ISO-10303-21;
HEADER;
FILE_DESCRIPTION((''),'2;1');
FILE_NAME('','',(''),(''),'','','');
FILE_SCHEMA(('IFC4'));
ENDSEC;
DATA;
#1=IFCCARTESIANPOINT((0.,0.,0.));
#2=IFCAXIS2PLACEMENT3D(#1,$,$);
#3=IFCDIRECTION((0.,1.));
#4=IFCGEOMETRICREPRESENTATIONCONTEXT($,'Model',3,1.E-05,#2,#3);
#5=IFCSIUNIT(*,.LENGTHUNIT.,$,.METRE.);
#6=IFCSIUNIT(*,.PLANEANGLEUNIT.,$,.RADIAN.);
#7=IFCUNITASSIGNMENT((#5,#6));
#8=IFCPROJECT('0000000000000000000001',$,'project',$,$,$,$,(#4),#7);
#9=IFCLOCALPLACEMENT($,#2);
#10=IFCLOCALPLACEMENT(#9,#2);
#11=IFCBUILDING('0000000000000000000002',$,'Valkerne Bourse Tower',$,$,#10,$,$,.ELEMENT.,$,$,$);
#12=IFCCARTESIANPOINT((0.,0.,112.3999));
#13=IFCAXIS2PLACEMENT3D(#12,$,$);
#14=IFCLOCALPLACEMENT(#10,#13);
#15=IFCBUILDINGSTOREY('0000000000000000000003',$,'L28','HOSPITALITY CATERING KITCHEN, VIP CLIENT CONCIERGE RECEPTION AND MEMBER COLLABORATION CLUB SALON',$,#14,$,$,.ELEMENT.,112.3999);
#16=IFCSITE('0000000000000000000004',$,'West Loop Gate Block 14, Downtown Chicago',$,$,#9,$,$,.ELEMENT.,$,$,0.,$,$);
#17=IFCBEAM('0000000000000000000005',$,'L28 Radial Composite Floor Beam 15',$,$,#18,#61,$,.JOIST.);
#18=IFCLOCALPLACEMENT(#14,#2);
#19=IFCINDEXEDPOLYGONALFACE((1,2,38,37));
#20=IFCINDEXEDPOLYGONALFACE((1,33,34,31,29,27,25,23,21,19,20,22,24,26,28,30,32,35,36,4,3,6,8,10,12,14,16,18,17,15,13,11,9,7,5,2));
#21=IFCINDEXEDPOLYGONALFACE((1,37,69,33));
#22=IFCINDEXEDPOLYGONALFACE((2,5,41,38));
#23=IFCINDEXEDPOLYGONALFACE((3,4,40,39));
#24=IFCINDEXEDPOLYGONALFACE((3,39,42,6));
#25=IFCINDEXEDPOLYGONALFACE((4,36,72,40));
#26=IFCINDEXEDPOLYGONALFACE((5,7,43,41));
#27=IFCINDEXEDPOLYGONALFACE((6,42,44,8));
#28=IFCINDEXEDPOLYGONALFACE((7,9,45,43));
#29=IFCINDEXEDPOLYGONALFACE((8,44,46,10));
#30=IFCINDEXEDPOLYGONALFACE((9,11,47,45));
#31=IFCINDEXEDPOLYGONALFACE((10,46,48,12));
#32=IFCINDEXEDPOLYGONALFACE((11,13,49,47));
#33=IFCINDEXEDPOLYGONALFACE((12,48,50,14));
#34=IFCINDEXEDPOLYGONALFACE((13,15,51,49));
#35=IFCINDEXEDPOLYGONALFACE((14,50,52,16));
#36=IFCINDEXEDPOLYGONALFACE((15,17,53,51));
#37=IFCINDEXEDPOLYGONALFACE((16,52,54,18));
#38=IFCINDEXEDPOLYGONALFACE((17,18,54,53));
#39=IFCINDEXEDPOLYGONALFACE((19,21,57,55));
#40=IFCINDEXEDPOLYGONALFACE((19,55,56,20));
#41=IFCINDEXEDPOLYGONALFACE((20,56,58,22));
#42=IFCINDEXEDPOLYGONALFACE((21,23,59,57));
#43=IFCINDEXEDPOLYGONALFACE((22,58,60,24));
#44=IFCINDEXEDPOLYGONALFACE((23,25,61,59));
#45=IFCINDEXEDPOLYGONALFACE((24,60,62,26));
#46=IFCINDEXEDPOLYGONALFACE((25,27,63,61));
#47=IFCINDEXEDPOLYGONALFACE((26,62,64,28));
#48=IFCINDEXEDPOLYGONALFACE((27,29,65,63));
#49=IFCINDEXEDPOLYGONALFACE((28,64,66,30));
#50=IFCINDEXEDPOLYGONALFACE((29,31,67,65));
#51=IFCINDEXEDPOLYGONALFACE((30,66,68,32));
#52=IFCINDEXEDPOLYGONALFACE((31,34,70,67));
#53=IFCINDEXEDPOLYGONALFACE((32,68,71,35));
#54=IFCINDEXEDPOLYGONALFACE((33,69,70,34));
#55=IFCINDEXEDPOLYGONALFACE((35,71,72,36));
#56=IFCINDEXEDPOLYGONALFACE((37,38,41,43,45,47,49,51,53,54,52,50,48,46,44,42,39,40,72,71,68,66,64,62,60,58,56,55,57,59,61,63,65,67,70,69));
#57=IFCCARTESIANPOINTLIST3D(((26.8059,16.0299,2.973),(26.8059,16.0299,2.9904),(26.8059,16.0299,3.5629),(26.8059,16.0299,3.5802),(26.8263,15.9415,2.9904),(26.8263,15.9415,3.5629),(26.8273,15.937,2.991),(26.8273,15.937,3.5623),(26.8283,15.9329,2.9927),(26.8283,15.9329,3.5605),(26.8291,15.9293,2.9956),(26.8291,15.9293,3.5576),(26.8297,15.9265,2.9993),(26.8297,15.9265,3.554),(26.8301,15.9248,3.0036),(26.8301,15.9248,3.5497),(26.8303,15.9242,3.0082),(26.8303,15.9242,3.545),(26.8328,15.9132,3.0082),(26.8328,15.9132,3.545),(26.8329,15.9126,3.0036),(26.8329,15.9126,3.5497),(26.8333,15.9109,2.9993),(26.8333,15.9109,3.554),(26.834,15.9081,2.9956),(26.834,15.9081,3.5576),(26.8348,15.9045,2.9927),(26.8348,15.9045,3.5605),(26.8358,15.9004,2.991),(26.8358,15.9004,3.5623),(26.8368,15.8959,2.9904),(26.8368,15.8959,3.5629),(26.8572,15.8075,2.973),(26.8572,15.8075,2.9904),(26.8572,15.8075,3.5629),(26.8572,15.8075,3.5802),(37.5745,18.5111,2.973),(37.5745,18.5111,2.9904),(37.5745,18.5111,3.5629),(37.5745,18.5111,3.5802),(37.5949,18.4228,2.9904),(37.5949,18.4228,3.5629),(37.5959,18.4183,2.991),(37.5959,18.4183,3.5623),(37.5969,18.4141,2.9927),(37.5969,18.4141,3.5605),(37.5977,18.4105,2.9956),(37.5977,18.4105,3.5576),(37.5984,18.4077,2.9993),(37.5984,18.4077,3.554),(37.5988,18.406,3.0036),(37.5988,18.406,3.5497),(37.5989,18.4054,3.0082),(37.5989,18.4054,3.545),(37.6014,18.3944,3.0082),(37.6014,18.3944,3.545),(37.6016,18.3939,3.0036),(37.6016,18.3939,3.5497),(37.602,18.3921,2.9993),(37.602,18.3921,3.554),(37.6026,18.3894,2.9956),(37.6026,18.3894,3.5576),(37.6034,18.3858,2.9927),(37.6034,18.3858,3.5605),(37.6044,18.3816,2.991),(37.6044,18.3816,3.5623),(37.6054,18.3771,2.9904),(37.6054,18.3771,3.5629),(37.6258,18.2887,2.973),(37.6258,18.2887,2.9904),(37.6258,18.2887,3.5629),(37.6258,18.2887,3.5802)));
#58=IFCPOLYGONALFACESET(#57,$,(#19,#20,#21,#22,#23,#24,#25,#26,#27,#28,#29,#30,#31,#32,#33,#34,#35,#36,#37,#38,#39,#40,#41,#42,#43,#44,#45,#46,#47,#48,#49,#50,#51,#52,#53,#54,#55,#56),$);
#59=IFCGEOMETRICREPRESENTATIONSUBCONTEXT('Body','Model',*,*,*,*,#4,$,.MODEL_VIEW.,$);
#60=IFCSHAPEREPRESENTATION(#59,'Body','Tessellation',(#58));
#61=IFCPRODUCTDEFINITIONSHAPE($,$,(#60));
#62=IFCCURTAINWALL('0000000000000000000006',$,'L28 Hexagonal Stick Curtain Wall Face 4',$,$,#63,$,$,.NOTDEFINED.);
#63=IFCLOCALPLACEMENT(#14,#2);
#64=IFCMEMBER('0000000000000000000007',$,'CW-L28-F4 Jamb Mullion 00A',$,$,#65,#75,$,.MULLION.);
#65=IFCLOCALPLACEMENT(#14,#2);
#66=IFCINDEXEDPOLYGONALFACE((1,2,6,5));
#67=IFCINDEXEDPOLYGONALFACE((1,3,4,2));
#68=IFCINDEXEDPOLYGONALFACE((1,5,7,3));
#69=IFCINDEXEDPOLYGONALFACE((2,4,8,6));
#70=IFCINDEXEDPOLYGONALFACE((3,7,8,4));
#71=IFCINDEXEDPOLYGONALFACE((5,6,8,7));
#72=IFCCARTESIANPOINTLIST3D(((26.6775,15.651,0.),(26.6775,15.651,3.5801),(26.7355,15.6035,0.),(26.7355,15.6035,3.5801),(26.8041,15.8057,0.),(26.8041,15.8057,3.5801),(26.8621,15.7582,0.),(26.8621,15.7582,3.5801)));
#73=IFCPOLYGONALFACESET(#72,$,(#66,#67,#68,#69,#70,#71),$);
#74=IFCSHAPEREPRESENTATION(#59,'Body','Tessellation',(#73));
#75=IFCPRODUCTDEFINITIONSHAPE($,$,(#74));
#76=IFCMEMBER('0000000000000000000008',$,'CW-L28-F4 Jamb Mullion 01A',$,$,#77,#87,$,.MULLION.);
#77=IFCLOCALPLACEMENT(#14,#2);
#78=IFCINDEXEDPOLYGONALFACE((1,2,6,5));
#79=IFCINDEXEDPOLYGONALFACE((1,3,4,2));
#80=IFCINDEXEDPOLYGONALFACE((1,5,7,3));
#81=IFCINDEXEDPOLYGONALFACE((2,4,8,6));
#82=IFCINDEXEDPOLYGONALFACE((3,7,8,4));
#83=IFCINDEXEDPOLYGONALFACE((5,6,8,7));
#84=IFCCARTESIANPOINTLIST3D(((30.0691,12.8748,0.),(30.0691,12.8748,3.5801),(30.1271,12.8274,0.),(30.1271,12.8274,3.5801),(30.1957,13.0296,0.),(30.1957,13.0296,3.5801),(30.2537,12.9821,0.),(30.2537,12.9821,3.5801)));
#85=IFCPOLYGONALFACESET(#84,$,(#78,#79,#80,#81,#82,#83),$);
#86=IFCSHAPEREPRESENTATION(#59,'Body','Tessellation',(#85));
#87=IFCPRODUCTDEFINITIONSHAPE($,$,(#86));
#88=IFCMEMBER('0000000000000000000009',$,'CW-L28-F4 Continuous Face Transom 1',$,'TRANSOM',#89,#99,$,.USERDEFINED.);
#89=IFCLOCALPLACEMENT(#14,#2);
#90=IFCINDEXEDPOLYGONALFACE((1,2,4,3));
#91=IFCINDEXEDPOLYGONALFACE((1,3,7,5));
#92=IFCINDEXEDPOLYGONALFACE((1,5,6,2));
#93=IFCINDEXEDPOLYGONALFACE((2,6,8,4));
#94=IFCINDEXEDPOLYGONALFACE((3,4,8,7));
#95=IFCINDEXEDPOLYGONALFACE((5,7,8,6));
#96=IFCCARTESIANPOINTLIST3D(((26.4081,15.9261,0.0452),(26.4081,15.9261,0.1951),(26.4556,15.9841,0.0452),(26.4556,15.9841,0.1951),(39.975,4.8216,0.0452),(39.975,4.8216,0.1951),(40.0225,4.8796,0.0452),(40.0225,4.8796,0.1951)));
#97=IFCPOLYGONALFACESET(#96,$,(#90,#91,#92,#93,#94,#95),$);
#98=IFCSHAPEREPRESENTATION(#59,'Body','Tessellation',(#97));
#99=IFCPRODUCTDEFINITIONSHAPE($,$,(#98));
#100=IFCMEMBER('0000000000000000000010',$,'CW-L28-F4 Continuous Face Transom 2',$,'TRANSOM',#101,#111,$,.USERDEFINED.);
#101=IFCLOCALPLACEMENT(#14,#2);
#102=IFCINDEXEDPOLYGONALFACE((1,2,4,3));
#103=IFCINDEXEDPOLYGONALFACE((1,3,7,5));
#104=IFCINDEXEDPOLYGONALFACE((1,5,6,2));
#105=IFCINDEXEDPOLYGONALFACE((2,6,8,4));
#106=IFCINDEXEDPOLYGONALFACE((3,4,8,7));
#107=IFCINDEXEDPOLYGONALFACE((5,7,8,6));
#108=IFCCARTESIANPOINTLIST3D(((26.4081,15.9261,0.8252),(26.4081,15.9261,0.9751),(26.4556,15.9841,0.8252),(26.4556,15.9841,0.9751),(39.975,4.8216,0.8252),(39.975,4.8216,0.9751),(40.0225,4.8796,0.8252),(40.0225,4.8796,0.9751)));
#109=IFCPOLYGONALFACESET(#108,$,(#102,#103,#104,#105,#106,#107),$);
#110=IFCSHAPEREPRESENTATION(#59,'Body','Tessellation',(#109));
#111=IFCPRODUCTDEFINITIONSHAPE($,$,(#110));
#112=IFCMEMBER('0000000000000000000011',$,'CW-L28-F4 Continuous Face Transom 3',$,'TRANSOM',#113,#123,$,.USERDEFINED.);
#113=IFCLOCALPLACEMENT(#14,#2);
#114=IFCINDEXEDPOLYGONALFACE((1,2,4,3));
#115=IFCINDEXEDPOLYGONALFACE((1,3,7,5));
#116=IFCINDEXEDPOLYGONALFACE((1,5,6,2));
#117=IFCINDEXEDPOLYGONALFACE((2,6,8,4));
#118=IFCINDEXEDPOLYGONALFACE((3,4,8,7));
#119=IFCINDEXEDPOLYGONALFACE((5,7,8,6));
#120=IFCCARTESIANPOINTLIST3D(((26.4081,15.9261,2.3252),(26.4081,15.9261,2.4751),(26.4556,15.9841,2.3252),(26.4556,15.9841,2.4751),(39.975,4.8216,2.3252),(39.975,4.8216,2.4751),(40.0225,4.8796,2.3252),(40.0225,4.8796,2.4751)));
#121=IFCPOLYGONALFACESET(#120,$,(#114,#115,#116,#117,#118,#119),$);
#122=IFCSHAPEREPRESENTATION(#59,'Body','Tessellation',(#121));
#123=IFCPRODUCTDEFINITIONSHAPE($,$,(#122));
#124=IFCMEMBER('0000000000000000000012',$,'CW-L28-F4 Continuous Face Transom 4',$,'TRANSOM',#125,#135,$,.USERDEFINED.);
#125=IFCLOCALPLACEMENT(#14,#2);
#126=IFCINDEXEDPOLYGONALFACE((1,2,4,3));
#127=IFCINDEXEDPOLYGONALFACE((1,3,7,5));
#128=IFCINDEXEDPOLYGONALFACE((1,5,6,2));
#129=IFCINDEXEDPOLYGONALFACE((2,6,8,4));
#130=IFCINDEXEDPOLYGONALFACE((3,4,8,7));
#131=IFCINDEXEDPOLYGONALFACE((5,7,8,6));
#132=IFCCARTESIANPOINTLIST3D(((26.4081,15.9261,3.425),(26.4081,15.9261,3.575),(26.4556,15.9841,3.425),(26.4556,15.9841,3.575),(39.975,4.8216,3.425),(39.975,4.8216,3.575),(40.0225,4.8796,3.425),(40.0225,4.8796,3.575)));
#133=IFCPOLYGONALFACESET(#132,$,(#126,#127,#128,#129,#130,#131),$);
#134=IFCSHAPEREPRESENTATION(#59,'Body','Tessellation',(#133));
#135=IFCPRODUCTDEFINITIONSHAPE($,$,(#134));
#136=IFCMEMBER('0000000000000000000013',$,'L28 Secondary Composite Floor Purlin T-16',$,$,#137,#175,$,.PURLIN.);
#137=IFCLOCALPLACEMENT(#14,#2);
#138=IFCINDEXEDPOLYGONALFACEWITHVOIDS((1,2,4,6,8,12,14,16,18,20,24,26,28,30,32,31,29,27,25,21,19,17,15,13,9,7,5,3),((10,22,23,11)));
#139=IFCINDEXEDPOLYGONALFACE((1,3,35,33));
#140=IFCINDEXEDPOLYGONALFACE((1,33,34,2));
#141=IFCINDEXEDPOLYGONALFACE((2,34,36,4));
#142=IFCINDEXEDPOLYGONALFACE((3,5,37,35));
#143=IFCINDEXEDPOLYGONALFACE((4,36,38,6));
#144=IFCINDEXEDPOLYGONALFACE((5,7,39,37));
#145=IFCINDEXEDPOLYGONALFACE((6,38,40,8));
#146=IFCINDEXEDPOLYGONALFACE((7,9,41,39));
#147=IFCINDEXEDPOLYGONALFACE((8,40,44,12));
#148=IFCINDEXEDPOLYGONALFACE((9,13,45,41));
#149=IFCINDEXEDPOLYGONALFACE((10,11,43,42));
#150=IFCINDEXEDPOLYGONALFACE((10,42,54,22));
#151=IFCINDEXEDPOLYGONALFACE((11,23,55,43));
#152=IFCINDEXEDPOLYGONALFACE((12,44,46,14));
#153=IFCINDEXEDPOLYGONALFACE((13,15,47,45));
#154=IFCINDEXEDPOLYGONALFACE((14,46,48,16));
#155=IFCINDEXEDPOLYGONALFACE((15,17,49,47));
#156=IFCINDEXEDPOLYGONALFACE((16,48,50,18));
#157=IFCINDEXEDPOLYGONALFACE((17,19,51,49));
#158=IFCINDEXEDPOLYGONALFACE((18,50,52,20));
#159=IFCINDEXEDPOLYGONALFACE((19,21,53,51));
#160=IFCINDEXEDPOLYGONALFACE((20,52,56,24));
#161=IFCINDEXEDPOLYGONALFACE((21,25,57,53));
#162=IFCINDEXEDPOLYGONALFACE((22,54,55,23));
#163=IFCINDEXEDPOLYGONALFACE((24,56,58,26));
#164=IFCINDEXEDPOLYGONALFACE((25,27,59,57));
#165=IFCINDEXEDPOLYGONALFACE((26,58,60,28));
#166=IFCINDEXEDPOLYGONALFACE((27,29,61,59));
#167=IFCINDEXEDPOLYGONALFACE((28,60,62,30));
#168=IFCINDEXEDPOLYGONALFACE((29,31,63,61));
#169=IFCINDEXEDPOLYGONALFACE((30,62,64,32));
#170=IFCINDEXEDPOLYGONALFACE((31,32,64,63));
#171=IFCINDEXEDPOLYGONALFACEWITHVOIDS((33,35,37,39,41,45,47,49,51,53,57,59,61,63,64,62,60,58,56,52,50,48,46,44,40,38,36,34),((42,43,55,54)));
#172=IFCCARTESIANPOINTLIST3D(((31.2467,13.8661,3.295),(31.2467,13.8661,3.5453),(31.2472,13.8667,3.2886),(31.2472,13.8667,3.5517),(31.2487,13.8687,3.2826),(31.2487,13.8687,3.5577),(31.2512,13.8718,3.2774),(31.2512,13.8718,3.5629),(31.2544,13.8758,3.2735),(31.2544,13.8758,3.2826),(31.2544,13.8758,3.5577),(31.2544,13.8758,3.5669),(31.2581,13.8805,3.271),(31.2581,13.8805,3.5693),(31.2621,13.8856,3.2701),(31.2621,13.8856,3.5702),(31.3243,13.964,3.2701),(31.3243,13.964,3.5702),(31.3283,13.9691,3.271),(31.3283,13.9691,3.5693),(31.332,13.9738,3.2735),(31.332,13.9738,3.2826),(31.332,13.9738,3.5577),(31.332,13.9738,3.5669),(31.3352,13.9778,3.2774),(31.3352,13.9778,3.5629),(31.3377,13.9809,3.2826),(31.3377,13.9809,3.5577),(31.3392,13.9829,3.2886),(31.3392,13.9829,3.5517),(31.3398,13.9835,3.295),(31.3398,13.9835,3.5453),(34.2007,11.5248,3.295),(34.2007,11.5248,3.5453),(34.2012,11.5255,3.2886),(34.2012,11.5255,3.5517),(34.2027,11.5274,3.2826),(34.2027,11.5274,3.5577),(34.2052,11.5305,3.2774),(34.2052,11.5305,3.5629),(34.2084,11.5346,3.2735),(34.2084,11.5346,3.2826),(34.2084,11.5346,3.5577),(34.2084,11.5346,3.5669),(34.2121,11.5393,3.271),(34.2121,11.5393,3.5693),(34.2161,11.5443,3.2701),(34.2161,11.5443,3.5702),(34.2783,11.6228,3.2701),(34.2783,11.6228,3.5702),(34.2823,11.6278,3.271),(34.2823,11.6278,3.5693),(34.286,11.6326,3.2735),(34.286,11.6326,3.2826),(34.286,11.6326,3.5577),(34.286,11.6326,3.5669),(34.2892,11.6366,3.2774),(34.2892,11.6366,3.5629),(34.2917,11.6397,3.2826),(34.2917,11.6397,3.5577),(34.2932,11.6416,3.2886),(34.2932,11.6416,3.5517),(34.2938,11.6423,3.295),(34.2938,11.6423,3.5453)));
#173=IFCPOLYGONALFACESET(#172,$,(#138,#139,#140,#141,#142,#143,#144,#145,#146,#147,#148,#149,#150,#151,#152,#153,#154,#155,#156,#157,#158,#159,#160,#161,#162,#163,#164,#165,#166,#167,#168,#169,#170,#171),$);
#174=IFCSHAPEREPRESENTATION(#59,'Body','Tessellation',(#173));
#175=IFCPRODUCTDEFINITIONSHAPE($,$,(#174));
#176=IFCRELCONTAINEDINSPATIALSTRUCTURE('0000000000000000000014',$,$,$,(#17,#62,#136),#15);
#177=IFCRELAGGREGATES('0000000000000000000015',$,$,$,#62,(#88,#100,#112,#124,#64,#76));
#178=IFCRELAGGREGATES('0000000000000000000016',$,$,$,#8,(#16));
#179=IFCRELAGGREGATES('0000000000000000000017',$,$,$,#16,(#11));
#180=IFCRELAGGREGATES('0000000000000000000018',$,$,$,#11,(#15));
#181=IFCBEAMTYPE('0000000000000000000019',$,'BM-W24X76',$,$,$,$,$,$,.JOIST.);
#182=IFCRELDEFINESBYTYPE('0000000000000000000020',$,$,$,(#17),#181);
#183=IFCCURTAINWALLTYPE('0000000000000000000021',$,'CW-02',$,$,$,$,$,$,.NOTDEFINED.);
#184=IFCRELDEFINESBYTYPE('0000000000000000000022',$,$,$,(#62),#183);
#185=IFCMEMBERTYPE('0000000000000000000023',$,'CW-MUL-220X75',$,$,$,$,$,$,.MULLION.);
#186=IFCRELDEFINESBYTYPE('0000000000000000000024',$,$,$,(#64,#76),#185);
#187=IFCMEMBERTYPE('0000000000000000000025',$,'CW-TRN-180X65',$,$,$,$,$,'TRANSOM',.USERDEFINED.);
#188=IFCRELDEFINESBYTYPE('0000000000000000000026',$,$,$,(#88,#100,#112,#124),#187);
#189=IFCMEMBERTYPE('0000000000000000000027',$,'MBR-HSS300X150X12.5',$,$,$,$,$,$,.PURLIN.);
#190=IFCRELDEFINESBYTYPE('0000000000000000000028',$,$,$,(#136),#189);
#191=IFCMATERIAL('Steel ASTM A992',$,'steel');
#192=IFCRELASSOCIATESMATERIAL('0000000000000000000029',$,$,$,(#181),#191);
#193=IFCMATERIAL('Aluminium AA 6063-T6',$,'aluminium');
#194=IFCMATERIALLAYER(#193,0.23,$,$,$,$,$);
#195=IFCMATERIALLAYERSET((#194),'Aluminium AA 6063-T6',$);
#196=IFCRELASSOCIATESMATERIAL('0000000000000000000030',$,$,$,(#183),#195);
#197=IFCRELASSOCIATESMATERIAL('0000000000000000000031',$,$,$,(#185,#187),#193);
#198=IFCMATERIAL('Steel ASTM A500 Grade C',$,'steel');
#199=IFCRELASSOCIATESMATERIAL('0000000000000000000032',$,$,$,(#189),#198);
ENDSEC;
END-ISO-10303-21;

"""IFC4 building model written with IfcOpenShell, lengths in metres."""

from ifc_helpers import new_model, si_unit, direction, frame, origin, origin_2d, place, context, subcontext, project, spatial, rectangle, hollow_rectangle, i_section, extrude, material, layer, layer_set, material_profile, profile_set, type_object, element, aggregate, save


model = new_model("IFC4")

# Units and contexts
model_context = context("Model", 3, precision=1e-05, world=origin(), true_north=direction((0.0, 1.0)))
body_context = subcontext(model_context, "Body", "Model", "MODEL_VIEW")
ifc_project = project(units=[si_unit("LENGTHUNIT", "METRE"), si_unit("PLANEANGLEUNIT", "RADIAN")], contexts=[model_context])

# Site, building, storey
site_placement = place(None, origin())
site = spatial("IfcSite", under=ifc_project, at=site_placement, Name="West Loop Gate Block 14, Downtown Chicago", CompositionType="ELEMENT", RefElevation=0.0)
building_placement = place(site_placement, origin())
building = spatial("IfcBuilding", under=site, at=building_placement, Name="Valkerne Bourse Tower", CompositionType="ELEMENT")
storey_placement = place(building_placement, frame((0.0, 0.0, 112.3999)))
storey = spatial("IfcBuildingStorey", under=building, at=storey_placement, Name="L28", Description="HOSPITALITY CATERING KITCHEN, VIP CLIENT CONCIERGE RECEPTION AND MEMBER COLLABORATION CLUB SALON", CompositionType="ELEMENT", Elevation=112.3999)

# Beam
ifc_material_1 = material(Name="Steel ASTM A992", Category="steel")
ifc_material_profile_1 = material_profile(ifc_material_1, i_section(OverallWidth=0.2283, OverallDepth=0.6072, WebThickness=0.0112, FlangeThickness=0.0173, FilletRadius=0.0178, at=origin_2d()), Name="W24X76")
ifc_profile_set_1 = profile_set([ifc_material_profile_1], Name="Steel ASTM A992")
beam_type_1 = type_object("IfcBeamType", Name="BM-W24X76", PredefinedType="JOIST", material=ifc_profile_set_1)
beam_1_placement = place(storey_placement, frame((26.8315, 15.9187, 3.2766), z_axis=(0.974467, 0.224529, 0.0), x_axis=(-0.224529, 0.974467, 0.0)))
element("IfcBeam", 1, at=beam_1_placement, inside=storey, type_object=beam_type_1, Name="L28 Radial Composite Floor Beam 15", PredefinedType="JOIST", context=body_context, shape_type="SweptSolid", body=[
    extrude(i_section(OverallWidth=0.2283, OverallDepth=0.6072, WebThickness=0.0112, FlangeThickness=0.0173, FilletRadius=0.0178, at=origin_2d()), origin(), (0.0, 0.0, 1.0), 11.0508),
])

# Curtain wall, members
ifc_material_2 = material(Name="Aluminium AA 6063-T6", Category="aluminium")
ifc_layer_1 = layer(ifc_material_2, 0.23)
ifc_layer_set_1 = layer_set([ifc_layer_1], Name="Aluminium AA 6063-T6")
curtain_wall_type = type_object("IfcCurtainWallType", Name="CW-02", PredefinedType="NOTDEFINED", material=ifc_layer_set_1)
curtain_wall_placement = place(storey_placement, origin())
curtain_wall = element("IfcCurtainWall", 2, at=curtain_wall_placement, inside=storey, type_object=curtain_wall_type, Name="L28 Hexagonal Stick Curtain Wall Face 4", PredefinedType="NOTDEFINED")
ifc_material_profile_2 = material_profile(ifc_material_2, rectangle(XDim=0.075, YDim=0.2, at=origin_2d()), Name="CWM-75X200")
ifc_profile_set_2 = profile_set([ifc_material_profile_2], Name="Aluminium AA 6063-T6")
member_type_1 = type_object("IfcMemberType", Name="CW-MUL-220X75", PredefinedType="MULLION", material=ifc_profile_set_2)
member_1_placement = place(storey_placement, frame((26.7698, 15.7046, 0.0), z_axis=(0.0, 0.0, 1.0), x_axis=(0.773837, -0.633384, 0.0)))
member_1 = element("IfcMember", 3, at=member_1_placement, type_object=member_type_1, Name="CW-L28-F4 Jamb Mullion 00A", PredefinedType="MULLION", context=body_context, shape_type="SweptSolid", body=[
    extrude(rectangle(XDim=0.075, YDim=0.2, at=origin_2d()), origin(), (0.0, 0.0, 1.0), 3.5801),
])
member_2_placement = place(storey_placement, frame((30.1614, 12.9285, 0.0), z_axis=(0.0, 0.0, 1.0), x_axis=(0.773837, -0.633384, 0.0)))
member_2 = element("IfcMember", 4, at=member_2_placement, type_object=member_type_1, Name="CW-L28-F4 Jamb Mullion 01A", PredefinedType="MULLION", context=body_context, shape_type="SweptSolid", body=[
    extrude(rectangle(XDim=0.075, YDim=0.2, at=origin_2d()), origin(), (0.0, 0.0, 1.0), 3.5801),
])
ifc_material_profile_3 = material_profile(ifc_material_2, rectangle(XDim=0.075, YDim=0.1499, at=origin_2d()), Name="CWT-75X150")
ifc_profile_set_3 = profile_set([ifc_material_profile_3], Name="Aluminium AA 6063-T6")
member_type_2 = type_object("IfcMemberType", Name="CW-TRN-180X65", ElementType="TRANSOM", PredefinedType="USERDEFINED", material=ifc_profile_set_3)
member_3_placement = place(storey_placement, frame((26.4319, 15.9551, 0.1201), z_axis=(0.773837, -0.633385, 0.0), x_axis=(0.633385, 0.773837, 0.0)))
member_3 = element("IfcMember", 5, at=member_3_placement, type_object=member_type_2, Name="CW-L28-F4 Continuous Face Transom 1", ObjectType="TRANSOM", PredefinedType="USERDEFINED", context=body_context, shape_type="SweptSolid", body=[
    extrude(rectangle(XDim=0.075, YDim=0.1499, at=origin_2d()), origin(), (0.0, 0.0, 1.0), 17.532),
])
member_4_placement = place(storey_placement, frame((26.4319, 15.9551, 0.9001), z_axis=(0.773837, -0.633385, 0.0), x_axis=(0.633385, 0.773837, 0.0)))
member_4 = element("IfcMember", 6, at=member_4_placement, type_object=member_type_2, Name="CW-L28-F4 Continuous Face Transom 2", ObjectType="TRANSOM", PredefinedType="USERDEFINED", context=body_context, shape_type="SweptSolid", body=[
    extrude(rectangle(XDim=0.075, YDim=0.1499, at=origin_2d()), origin(), (0.0, 0.0, 1.0), 17.532),
])
member_5_placement = place(storey_placement, frame((26.4319, 15.9551, 2.4001), z_axis=(0.773837, -0.633385, 0.0), x_axis=(0.633385, 0.773837, 0.0)))
member_5 = element("IfcMember", 7, at=member_5_placement, type_object=member_type_2, Name="CW-L28-F4 Continuous Face Transom 3", ObjectType="TRANSOM", PredefinedType="USERDEFINED", context=body_context, shape_type="SweptSolid", body=[
    extrude(rectangle(XDim=0.075, YDim=0.1499, at=origin_2d()), origin(), (0.0, 0.0, 1.0), 17.532),
])
member_6_placement = place(storey_placement, frame((26.4319, 15.9551, 3.5), z_axis=(0.773837, -0.633385, 0.0), x_axis=(0.633385, 0.773837, 0.0)))
member_6 = element("IfcMember", 8, at=member_6_placement, type_object=member_type_2, Name="CW-L28-F4 Continuous Face Transom 4", ObjectType="TRANSOM", PredefinedType="USERDEFINED", context=body_context, shape_type="SweptSolid", body=[
    extrude(rectangle(XDim=0.075, YDim=0.1499, at=origin_2d()), origin(), (0.0, 0.0, 1.0), 17.532),
])

# Member
ifc_material_3 = material(Name="Steel ASTM A500 Grade C", Category="steel")
ifc_material_profile_4 = material_profile(ifc_material_3, hollow_rectangle(XDim=0.1499, YDim=0.3, WallThickness=0.0125, OuterFilletRadius=0.0249, at=origin_2d()), Name="HSS300X150X12.5")
ifc_profile_set_4 = profile_set([ifc_material_profile_4], Name="Steel ASTM A500 Grade C")
member_type_3 = type_object("IfcMemberType", Name="MBR-HSS300X150X12.5", PredefinedType="PURLIN", material=ifc_profile_set_4)
member_7_placement = place(storey_placement, frame((31.2932, 13.9248, 3.4202), z_axis=(0.783704, -0.621134, 0.0), x_axis=(0.621134, 0.783704, 0.0)))
element("IfcMember", 9, at=member_7_placement, inside=storey, type_object=member_type_3, Name="L28 Secondary Composite Floor Purlin T-16", PredefinedType="PURLIN", context=body_context, shape_type="SweptSolid", body=[
    extrude(hollow_rectangle(XDim=0.1499, YDim=0.3, WallThickness=0.0125, OuterFilletRadius=0.0249, at=origin_2d()), origin(), (0.0, 0.0, 1.0), 3.7693),
])

aggregate(curtain_wall, [member_3, member_4, member_5, member_6, member_1, member_2])

save(model, "model.ifc")
